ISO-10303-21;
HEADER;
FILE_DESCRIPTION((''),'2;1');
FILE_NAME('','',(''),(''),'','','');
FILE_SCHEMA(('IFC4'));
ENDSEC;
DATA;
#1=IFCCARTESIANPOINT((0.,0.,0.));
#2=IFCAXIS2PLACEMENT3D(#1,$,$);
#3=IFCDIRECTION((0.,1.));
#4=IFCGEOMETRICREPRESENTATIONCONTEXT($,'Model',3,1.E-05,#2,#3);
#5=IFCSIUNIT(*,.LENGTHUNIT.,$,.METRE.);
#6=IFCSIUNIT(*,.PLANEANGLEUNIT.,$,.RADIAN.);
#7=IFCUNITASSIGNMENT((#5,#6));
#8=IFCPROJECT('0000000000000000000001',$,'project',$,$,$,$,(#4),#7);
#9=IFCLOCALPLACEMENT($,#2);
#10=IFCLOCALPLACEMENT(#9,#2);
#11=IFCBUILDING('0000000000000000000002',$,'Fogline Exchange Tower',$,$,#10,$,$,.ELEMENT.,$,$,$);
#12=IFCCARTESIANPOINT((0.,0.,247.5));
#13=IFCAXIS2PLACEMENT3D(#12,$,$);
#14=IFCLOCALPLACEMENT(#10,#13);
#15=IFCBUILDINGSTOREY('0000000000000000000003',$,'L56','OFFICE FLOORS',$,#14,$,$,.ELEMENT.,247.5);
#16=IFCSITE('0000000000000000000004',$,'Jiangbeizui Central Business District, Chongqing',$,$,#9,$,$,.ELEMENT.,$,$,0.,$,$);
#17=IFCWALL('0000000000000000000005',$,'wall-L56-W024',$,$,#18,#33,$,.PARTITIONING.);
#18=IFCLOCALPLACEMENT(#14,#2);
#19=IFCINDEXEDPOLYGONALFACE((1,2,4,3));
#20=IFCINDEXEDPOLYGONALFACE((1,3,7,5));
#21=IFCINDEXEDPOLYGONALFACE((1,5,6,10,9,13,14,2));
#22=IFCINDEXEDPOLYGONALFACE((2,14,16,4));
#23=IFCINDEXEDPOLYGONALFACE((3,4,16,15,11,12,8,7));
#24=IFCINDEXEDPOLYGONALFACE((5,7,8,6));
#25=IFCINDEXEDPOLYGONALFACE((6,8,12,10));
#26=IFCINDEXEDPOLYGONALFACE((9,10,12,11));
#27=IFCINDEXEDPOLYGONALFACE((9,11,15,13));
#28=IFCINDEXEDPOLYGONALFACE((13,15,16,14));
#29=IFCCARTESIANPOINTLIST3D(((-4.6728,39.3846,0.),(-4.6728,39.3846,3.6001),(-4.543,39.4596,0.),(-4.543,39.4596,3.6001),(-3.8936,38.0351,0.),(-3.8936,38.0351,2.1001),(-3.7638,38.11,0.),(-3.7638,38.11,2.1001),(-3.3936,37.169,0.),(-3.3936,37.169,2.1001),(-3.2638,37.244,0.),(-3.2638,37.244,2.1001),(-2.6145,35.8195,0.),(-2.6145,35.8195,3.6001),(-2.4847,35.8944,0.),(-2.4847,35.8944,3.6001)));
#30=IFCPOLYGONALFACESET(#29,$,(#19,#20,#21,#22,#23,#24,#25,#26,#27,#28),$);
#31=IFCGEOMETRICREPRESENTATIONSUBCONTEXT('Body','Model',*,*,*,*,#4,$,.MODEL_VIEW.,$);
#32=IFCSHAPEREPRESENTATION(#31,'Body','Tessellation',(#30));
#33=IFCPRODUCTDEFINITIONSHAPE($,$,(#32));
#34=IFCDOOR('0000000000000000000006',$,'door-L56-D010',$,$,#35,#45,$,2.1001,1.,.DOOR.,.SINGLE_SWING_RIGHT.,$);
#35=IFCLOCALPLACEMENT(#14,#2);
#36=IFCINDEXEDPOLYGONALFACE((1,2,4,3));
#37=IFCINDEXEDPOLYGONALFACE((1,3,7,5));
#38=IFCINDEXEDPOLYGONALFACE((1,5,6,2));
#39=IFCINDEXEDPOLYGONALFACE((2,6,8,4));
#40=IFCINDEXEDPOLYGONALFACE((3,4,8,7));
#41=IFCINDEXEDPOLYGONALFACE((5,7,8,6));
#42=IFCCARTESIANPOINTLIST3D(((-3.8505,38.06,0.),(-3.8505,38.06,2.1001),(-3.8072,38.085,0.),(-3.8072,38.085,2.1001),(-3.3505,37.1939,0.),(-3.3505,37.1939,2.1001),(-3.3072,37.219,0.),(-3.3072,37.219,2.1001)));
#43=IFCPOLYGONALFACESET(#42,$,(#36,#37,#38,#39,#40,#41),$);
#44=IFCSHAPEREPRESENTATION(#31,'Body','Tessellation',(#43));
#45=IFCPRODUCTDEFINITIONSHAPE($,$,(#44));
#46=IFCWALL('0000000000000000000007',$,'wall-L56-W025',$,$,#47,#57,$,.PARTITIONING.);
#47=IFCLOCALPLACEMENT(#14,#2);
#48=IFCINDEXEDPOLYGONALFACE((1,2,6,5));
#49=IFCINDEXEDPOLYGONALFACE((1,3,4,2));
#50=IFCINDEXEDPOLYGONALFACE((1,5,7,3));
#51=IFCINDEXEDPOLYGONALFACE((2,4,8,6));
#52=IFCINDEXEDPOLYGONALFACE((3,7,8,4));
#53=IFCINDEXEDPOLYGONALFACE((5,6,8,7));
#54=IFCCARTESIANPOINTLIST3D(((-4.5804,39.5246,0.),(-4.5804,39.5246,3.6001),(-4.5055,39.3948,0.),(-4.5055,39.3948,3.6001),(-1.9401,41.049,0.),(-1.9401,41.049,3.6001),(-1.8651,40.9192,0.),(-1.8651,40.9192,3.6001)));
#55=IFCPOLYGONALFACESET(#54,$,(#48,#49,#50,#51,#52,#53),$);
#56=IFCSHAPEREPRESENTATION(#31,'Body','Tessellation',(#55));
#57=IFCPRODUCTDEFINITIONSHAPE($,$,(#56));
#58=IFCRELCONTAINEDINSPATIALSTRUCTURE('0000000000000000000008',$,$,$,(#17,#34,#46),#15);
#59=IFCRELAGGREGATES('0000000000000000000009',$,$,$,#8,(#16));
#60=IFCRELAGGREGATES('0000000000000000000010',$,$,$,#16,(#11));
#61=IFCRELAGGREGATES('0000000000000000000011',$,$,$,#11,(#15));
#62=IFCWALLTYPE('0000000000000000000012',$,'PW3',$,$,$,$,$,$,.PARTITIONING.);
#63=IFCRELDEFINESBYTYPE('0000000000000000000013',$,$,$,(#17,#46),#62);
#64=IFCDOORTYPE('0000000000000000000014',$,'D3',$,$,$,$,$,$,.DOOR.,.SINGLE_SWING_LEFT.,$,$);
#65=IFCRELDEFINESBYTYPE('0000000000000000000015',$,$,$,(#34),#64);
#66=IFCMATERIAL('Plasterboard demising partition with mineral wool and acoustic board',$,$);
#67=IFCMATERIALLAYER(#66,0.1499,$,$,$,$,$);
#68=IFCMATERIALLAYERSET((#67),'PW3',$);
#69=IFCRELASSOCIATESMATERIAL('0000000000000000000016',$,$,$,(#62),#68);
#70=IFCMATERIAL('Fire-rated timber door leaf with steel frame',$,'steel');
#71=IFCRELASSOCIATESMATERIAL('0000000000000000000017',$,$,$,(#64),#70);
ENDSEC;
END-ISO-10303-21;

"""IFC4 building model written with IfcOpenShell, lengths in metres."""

from ifc_helpers import new_model, si_unit, direction, frame, frame_2d, origin, place, context, subcontext, project, spatial, rectangle, extrude, material, layer, layer_set, type_object, element, fill, save


model = new_model("IFC4")

# Units and contexts
model_context = context("Model", 3, precision=1e-05, world=origin(), true_north=direction((0.0, 1.0)))
body_context = subcontext(model_context, "Body", "Model", "MODEL_VIEW")
ifc_project = project(units=[si_unit("LENGTHUNIT", "METRE"), si_unit("PLANEANGLEUNIT", "RADIAN")], contexts=[model_context])

# Site, building, storey
site_placement = place(None, origin())
site = spatial("IfcSite", under=ifc_project, at=site_placement, Name="Jiangbeizui Central Business District, Chongqing", CompositionType="ELEMENT", RefElevation=0.0)
building_placement = place(site_placement, origin())
building = spatial("IfcBuilding", under=site, at=building_placement, Name="Fogline Exchange Tower", CompositionType="ELEMENT")
storey_placement = place(building_placement, frame((0.0, 0.0, 247.5)))
storey = spatial("IfcBuildingStorey", under=building, at=storey_placement, Name="L56", Description="OFFICE FLOORS", CompositionType="ELEMENT", Elevation=247.5)

# Wall, opening, door
ifc_material_1 = material(Name="Plasterboard demising partition with mineral wool and acoustic board")
ifc_layer_1 = layer(ifc_material_1, 0.1499)
ifc_layer_set_1 = layer_set([ifc_layer_1], Name="PW3")
wall_type_1 = type_object("IfcWallType", Name="PW3", PredefinedType="PARTITIONING", material=ifc_layer_set_1)
wall_1_placement = place(storey_placement, frame((-2.5496, 35.8569, 0.0), z_axis=(0.0, 0.0, 1.0), x_axis=(-0.499998, 0.866027, 0.0)))
wall_1 = element("IfcWall", 1, at=wall_1_placement, inside=storey, type_object=wall_type_1, Name="wall-L56-W024", PredefinedType="PARTITIONING", context=body_context, shape_type="SweptSolid", body=[
    extrude(rectangle(XDim=4.1167, YDim=0.1499, at=frame_2d((2.0583, 0.0))), origin(), (0.0, 0.0, 1.0), 3.6001),
])
opening_1_placement = place(wall_1_placement, frame((1.5583, 0.0, 0.0)))
opening_1 = element("IfcOpeningElement", 2, at=opening_1_placement, cuts=wall_1, PredefinedType="OPENING", context=body_context, shape_type="SweptSolid", body=[
    extrude(rectangle(XDim=1.0, YDim=2.1001, at=frame_2d((0.5, 1.05))), frame((0.0, 0.085, 0.0), z_axis=(0.0, -1.0, 0.0), x_axis=(1.0, 0.0, 0.0)), (0.0, 0.0, 1.0), 0.1699),
])
ifc_material_2 = material(Name="Fire-rated timber door leaf with steel frame", Category="steel")
door_type = type_object("IfcDoorType", Name="D3", OperationType="SINGLE_SWING_LEFT", PredefinedType="DOOR", material=ifc_material_2)
door_placement = place(opening_1_placement, frame((1.0, 0.0, 0.0), z_axis=(0.0, 0.0, 1.0), x_axis=(-1.0, 0.0, 0.0)))
door = element("IfcDoor", 3, at=door_placement, inside=storey, type_object=door_type, Name="door-L56-D010", OperationType="SINGLE_SWING_RIGHT", OverallHeight=2.1001, OverallWidth=1.0, PredefinedType="DOOR", context=body_context, shape_type="SweptSolid", body=[
    extrude(rectangle(XDim=1.0, YDim=2.1001, at=frame_2d((0.5, 1.05))), frame((0.0, 0.0249, 0.0), z_axis=(0.0, -1.0, 0.0), x_axis=(1.0, 0.0, 0.0)), (0.0, 0.0, 1.0), 0.05),
])
fill(opening_1, door)

# Wall
wall_2_placement = place(storey_placement, frame((-4.543, 39.4597, 0.0), z_axis=(0.0, 0.0, 1.0), x_axis=(0.866027, 0.499997, 0.0)))
element("IfcWall", 4, at=wall_2_placement, inside=storey, type_object=wall_type_1, Name="wall-L56-W025", PredefinedType="PARTITIONING", context=body_context, shape_type="SweptSolid", body=[
    extrude(rectangle(XDim=3.0488, YDim=0.1499, at=frame_2d((1.5244, 0.0))), origin(), (0.0, 0.0, 1.0), 3.6001),
])

save(model, "model.ifc")
